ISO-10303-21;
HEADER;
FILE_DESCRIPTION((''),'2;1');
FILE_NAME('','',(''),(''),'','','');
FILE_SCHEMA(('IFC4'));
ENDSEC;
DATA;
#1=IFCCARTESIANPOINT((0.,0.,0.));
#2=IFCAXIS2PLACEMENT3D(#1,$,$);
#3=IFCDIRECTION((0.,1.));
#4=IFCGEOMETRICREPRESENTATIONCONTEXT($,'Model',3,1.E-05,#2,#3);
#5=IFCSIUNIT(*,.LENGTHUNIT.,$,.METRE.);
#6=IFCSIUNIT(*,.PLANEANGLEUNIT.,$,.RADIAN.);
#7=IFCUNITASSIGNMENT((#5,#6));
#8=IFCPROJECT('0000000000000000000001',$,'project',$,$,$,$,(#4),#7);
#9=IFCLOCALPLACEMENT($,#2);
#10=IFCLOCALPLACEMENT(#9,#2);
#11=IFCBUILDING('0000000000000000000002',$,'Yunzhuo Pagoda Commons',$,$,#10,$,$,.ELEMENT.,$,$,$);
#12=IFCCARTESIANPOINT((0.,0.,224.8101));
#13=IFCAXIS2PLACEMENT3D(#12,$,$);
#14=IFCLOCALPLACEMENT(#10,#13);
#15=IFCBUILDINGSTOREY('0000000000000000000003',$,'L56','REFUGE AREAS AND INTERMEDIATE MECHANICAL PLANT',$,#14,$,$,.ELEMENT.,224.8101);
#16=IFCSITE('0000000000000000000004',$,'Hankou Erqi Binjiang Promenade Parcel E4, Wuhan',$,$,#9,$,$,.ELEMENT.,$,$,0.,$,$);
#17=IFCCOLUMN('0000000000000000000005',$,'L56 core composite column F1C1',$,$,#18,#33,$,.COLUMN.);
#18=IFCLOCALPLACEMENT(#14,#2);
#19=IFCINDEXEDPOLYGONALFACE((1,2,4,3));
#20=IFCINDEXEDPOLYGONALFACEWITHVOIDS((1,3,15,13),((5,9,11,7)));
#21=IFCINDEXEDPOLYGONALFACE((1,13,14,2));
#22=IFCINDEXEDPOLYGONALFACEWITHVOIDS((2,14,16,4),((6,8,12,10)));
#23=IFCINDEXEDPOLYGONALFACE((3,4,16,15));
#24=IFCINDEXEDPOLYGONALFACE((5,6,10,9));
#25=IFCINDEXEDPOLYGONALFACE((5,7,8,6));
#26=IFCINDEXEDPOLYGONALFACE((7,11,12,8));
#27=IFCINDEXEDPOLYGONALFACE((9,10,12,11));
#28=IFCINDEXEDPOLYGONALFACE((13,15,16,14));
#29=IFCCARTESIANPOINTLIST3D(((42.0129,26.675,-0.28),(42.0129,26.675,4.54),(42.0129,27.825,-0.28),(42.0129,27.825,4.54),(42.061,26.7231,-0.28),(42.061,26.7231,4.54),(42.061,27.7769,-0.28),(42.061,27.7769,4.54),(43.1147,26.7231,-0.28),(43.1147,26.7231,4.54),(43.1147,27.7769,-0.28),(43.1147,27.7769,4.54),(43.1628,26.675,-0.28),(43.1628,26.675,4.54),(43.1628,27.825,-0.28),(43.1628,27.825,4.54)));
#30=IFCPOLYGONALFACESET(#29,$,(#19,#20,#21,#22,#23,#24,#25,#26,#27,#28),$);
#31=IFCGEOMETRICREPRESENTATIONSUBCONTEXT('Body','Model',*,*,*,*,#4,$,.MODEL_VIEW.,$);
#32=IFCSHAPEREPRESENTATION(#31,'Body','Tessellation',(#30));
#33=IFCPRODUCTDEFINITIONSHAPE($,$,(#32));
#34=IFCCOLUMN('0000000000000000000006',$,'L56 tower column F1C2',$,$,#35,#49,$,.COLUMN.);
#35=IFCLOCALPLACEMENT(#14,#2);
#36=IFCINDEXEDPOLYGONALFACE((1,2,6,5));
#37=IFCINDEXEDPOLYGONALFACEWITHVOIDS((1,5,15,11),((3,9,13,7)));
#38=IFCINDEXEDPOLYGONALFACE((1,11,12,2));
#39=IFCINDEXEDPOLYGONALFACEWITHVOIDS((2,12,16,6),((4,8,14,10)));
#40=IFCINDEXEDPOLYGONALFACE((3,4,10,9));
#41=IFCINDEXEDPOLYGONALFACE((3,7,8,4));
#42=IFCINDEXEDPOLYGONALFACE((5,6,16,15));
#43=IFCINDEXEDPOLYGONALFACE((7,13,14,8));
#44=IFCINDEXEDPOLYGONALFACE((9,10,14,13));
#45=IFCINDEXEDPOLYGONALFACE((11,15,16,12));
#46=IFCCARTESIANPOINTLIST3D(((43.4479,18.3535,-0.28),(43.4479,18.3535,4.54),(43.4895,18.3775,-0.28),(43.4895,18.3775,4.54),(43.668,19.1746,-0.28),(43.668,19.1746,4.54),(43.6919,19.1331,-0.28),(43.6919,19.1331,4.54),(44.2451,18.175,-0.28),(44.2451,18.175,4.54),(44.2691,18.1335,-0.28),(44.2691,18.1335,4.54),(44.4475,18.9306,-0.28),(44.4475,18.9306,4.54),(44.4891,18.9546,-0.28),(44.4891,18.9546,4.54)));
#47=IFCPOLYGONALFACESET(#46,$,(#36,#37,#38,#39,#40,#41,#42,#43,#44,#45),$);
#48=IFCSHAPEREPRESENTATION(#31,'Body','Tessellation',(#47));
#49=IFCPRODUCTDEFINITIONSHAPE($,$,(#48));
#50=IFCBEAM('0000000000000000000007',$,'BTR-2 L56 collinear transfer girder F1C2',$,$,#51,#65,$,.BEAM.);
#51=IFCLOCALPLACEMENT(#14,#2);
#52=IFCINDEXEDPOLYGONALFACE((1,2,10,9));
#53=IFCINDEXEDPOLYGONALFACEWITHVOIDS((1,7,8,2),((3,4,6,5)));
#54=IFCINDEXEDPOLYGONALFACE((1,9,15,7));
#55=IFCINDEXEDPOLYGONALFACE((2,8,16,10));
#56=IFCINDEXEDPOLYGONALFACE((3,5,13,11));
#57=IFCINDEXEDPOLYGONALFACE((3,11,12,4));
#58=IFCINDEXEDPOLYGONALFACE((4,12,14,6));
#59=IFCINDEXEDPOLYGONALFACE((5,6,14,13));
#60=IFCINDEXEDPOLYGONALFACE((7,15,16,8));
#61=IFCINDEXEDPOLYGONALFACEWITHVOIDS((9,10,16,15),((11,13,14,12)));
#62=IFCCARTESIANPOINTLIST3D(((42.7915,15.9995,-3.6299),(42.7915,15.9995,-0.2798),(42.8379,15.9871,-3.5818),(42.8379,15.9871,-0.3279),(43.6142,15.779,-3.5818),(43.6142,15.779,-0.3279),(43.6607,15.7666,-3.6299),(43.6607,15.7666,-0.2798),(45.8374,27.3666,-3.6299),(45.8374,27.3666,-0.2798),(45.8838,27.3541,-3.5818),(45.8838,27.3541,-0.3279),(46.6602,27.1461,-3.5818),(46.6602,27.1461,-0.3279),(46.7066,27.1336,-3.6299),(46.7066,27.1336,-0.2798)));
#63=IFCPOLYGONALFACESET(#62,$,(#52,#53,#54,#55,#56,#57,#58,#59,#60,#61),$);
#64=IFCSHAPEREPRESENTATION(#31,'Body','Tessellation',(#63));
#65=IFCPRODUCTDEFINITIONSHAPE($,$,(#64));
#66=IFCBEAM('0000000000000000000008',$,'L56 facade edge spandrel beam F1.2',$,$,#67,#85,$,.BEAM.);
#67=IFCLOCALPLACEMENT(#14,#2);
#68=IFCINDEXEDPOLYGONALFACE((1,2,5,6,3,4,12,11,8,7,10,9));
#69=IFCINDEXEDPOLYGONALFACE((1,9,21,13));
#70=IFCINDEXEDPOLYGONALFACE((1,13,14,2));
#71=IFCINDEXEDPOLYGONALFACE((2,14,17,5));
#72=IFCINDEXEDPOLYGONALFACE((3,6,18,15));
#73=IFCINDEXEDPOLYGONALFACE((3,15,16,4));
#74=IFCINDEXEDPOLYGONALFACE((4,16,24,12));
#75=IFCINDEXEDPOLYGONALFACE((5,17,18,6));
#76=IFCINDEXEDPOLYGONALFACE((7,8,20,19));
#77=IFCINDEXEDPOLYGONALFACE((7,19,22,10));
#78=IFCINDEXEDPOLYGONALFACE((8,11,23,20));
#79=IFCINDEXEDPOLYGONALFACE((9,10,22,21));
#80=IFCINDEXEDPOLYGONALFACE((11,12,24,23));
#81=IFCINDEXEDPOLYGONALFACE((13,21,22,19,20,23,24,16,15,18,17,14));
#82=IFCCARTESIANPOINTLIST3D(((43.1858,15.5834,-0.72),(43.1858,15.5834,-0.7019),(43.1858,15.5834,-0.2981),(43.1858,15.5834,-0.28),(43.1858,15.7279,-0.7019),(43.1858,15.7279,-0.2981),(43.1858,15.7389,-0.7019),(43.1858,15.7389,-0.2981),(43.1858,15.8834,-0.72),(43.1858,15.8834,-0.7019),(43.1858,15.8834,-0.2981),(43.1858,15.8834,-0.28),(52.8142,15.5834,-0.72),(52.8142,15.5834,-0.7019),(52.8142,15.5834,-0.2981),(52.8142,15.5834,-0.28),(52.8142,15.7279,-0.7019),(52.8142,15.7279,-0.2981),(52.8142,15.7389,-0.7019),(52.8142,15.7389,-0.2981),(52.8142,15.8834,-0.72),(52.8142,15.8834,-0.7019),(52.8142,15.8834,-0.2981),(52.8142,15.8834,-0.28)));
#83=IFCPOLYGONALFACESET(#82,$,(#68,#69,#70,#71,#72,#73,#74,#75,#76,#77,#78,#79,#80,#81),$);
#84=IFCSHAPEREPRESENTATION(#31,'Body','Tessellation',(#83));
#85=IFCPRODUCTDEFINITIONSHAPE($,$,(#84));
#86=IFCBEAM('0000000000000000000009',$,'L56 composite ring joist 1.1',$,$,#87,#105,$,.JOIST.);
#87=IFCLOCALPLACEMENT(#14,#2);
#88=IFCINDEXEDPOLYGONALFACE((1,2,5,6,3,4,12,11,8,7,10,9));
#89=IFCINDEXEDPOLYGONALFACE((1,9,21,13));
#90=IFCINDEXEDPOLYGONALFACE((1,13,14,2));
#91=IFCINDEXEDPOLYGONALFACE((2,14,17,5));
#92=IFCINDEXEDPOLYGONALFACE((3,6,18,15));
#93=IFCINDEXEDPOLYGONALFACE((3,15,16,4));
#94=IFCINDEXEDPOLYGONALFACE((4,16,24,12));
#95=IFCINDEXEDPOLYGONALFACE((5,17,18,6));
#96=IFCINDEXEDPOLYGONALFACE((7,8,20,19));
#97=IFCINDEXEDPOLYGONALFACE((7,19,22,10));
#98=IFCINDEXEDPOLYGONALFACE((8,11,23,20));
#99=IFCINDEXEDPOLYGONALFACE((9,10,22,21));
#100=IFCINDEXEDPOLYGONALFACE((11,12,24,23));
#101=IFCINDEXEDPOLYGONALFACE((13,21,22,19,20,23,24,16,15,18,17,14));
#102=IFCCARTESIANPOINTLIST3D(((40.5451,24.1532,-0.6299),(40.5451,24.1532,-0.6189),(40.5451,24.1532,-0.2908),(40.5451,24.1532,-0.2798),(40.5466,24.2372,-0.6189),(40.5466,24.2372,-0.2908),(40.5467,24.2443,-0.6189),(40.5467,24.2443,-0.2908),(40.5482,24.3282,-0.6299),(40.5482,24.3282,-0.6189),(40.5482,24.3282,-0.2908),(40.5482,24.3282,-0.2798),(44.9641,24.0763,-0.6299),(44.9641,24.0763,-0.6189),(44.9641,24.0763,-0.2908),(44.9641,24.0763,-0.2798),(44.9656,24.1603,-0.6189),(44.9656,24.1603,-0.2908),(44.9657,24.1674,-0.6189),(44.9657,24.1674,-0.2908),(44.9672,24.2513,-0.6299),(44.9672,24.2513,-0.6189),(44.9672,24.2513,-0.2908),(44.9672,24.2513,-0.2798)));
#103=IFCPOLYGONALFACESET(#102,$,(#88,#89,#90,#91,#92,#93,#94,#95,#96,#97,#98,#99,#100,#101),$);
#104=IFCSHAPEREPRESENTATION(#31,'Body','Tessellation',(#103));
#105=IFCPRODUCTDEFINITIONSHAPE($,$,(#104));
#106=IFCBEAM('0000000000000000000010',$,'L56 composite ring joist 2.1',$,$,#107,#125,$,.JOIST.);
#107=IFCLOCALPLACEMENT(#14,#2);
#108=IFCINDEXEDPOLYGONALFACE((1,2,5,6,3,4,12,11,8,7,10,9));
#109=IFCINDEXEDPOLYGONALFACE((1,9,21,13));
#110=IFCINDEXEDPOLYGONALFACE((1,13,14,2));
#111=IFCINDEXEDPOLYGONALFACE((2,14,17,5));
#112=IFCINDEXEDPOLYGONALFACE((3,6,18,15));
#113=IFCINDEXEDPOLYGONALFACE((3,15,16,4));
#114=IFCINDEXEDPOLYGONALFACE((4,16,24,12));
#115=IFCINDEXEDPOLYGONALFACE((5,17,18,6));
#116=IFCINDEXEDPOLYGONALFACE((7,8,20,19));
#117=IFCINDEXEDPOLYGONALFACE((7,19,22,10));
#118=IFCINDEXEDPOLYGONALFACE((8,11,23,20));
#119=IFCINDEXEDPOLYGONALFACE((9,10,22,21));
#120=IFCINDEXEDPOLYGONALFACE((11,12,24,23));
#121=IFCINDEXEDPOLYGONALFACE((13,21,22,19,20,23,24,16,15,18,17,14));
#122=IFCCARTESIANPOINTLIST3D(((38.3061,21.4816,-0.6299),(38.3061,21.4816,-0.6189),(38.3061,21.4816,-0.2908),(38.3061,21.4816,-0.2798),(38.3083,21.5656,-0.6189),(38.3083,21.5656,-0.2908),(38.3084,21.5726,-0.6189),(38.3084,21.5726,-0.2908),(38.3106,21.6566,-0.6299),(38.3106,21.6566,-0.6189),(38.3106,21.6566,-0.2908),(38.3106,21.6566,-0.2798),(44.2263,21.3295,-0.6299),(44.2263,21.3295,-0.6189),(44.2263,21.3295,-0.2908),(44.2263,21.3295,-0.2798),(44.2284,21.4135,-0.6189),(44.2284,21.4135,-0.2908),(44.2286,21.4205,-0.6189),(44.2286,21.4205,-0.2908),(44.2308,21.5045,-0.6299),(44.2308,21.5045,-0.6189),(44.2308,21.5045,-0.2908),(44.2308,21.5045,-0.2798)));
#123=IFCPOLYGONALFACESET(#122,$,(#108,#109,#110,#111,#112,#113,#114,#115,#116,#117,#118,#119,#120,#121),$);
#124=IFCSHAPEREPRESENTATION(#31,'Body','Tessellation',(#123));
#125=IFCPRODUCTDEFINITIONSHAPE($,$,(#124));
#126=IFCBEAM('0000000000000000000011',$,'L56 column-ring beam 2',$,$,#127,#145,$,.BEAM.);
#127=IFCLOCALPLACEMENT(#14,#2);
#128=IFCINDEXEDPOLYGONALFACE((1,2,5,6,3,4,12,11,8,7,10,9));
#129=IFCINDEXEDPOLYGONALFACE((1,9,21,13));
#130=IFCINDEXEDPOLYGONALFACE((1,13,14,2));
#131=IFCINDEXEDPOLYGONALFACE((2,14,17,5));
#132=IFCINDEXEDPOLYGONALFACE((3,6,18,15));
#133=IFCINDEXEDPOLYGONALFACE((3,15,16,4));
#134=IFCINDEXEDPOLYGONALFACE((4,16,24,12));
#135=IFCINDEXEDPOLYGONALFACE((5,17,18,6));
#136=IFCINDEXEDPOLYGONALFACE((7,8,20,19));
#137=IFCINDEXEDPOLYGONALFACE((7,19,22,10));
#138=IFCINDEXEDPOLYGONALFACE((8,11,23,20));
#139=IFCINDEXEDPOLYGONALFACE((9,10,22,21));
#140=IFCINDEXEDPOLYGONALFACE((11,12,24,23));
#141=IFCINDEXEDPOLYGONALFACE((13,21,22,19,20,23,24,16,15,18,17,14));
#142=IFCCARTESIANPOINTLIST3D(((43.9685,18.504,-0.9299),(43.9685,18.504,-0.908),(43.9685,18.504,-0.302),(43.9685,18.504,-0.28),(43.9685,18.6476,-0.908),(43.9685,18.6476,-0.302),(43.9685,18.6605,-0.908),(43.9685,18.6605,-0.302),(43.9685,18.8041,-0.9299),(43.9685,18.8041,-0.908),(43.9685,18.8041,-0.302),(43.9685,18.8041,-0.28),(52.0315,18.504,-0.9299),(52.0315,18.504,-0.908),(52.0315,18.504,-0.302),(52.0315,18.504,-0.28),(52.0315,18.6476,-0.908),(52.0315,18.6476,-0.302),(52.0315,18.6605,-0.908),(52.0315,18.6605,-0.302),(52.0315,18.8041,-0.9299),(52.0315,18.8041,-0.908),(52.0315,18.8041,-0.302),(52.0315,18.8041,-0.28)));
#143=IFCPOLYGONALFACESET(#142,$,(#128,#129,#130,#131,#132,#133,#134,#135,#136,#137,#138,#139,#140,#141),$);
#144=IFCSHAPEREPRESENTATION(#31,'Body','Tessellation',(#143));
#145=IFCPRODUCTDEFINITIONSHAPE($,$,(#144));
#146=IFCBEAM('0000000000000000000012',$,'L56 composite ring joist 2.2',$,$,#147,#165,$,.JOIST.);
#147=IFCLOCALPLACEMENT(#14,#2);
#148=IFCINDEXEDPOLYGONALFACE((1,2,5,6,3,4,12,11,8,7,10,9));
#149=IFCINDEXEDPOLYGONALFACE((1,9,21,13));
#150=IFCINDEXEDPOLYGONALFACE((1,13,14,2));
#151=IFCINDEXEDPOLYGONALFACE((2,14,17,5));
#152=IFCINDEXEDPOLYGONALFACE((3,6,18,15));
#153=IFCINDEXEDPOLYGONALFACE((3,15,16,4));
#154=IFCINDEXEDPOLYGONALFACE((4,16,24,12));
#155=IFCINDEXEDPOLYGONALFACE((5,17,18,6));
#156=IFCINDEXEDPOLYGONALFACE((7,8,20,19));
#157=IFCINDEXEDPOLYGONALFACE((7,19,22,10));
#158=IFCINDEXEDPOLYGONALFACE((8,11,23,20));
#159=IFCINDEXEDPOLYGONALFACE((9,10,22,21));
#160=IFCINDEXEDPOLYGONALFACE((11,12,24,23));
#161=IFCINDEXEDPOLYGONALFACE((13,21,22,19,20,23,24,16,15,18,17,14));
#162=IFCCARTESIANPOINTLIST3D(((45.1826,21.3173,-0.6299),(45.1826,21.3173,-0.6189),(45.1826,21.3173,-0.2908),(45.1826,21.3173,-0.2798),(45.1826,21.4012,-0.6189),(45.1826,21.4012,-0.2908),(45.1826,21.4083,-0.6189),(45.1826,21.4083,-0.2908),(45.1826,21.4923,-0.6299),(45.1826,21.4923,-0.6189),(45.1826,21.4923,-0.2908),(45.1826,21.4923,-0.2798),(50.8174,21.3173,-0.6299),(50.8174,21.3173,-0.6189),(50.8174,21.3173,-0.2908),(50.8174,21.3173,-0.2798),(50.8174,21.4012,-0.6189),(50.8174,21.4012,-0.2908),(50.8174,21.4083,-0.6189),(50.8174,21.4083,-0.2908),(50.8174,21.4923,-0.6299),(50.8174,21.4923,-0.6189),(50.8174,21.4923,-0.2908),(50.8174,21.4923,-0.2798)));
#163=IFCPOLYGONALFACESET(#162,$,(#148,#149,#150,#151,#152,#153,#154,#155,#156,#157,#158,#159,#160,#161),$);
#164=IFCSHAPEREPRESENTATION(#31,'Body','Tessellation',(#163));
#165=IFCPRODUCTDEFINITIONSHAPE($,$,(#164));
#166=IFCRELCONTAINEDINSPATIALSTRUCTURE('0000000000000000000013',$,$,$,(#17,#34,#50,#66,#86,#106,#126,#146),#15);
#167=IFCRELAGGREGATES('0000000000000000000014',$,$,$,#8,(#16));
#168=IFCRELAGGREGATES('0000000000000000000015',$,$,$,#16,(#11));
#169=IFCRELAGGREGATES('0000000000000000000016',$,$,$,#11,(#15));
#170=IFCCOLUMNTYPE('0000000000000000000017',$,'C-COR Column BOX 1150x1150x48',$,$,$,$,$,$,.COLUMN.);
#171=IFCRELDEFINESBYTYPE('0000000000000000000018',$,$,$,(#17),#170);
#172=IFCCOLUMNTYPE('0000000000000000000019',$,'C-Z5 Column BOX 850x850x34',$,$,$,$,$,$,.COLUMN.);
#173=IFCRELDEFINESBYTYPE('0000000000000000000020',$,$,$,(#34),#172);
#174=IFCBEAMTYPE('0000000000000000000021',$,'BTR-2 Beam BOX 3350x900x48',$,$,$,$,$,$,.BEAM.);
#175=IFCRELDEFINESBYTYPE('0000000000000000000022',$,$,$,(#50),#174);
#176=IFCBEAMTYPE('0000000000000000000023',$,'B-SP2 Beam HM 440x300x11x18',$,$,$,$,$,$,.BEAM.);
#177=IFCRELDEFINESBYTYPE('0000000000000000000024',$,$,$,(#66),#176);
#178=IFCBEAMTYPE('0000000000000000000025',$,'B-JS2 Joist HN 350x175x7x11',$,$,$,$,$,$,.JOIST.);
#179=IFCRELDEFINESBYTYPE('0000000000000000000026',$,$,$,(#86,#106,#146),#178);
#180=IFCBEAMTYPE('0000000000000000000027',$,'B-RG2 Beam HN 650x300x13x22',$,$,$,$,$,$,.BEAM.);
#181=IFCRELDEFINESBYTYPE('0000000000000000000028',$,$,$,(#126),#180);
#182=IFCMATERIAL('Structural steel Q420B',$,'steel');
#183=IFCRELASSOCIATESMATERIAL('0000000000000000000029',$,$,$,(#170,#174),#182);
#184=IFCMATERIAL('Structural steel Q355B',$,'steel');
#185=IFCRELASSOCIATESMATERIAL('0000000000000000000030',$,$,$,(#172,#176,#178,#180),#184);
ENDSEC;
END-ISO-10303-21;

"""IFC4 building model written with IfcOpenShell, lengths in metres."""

from ifc_helpers import new_model, si_unit, direction, frame, origin, origin_2d, place, context, subcontext, project, spatial, hollow_rectangle, i_section, extrude, source, transform, mapped, material, material_profile, profile_set, type_object, element, save


model = new_model("IFC4")

# Units and contexts
model_context = context("Model", 3, precision=1e-05, world=origin(), true_north=direction((0.0, 1.0)))
body_context = subcontext(model_context, "Body", "Model", "MODEL_VIEW")
ifc_project = project(units=[si_unit("LENGTHUNIT", "METRE"), si_unit("PLANEANGLEUNIT", "RADIAN")], contexts=[model_context])

# Site, building, storey
site_placement = place(None, origin())
site = spatial("IfcSite", under=ifc_project, at=site_placement, Name="Hankou Erqi Binjiang Promenade Parcel E4, Wuhan", CompositionType="ELEMENT", RefElevation=0.0)
building_placement = place(site_placement, origin())
building = spatial("IfcBuilding", under=site, at=building_placement, Name="Yunzhuo Pagoda Commons", CompositionType="ELEMENT")
storey_placement = place(building_placement, frame((0.0, 0.0, 224.8101)))
storey = spatial("IfcBuildingStorey", under=building, at=storey_placement, Name="L56", Description="REFUGE AREAS AND INTERMEDIATE MECHANICAL PLANT", CompositionType="ELEMENT", Elevation=224.8101)

# Columns
ifc_material_1 = material(Name="Structural steel Q420B", Category="steel")
ifc_material_profile_1 = material_profile(ifc_material_1, hollow_rectangle(XDim=1.1499, YDim=1.1499, WallThickness=0.0481, at=origin_2d()), Name="Structural steel Q420B")
ifc_profile_set_1 = profile_set([ifc_material_profile_1], Name="Structural steel Q420B")
column_type_1 = type_object("IfcColumnType", Name="C-COR Column BOX 1150x1150x48", PredefinedType="COLUMN", material=ifc_profile_set_1)
shared_shape_1 = source(origin(), body_context, "Body", "SweptSolid", [
    extrude(hollow_rectangle(XDim=1.1499, YDim=1.1499, WallThickness=0.0481, at=origin_2d()), origin(), (0.0, 0.0, 1.0), 4.8201),
])
column_1_placement = place(storey_placement, frame((42.5879, 27.25, -0.28), z_axis=(0.0, 0.0, 1.0), x_axis=(1.0, 0.0, 0.0)))
element("IfcColumn", 1, at=column_1_placement, inside=storey, type_object=column_type_1, Name="L56 core composite column F1C1", PredefinedType="COLUMN", context=body_context, shape_type="MappedRepresentation", body=[
    mapped(shared_shape_1, transform((0.0, 0.0, 0.0), scale=1.0)),
])
ifc_material_2 = material(Name="Structural steel Q355B", Category="steel")
ifc_material_profile_2 = material_profile(ifc_material_2, hollow_rectangle(XDim=0.8501, YDim=0.8501, WallThickness=0.0339, at=origin_2d()), Name="Structural steel Q355B")
ifc_profile_set_2 = profile_set([ifc_material_profile_2], Name="Structural steel Q355B")
column_type_2 = type_object("IfcColumnType", Name="C-Z5 Column BOX 850x850x34", PredefinedType="COLUMN", material=ifc_profile_set_2)
shared_shape_2 = source(origin(), body_context, "Body", "SweptSolid", [
    extrude(hollow_rectangle(XDim=0.8501, YDim=0.8501, WallThickness=0.0339, at=origin_2d()), origin(), (0.0, 0.0, 1.0), 4.8201),
])
column_2_placement = place(storey_placement, frame((43.9685, 18.6541, -0.28), z_axis=(0.0, 0.0, 1.0), x_axis=(0.965926, -0.258819, 0.0)))
element("IfcColumn", 2, at=column_2_placement, inside=storey, type_object=column_type_2, Name="L56 tower column F1C2", PredefinedType="COLUMN", context=body_context, shape_type="MappedRepresentation", body=[
    mapped(shared_shape_2, transform((0.0, 0.0, 0.0), scale=1.0)),
])

# Beams
ifc_material_profile_3 = material_profile(ifc_material_1, hollow_rectangle(XDim=0.8999, YDim=3.3501, WallThickness=0.0481, at=origin_2d()), Name="Structural steel Q420B")
ifc_profile_set_3 = profile_set([ifc_material_profile_3], Name="Structural steel Q420B")
beam_type_1 = type_object("IfcBeamType", Name="BTR-2 Beam BOX 3350x900x48", PredefinedType="BEAM", material=ifc_profile_set_3)
shared_shape_3 = source(origin(), body_context, "Body", "SweptSolid", [
    extrude(hollow_rectangle(XDim=0.8999, YDim=3.3501, WallThickness=0.0481, at=origin_2d()), origin(), (0.0, 0.0, 1.0), 11.7681),
])
beam_1_placement = place(storey_placement, frame((43.2261, 15.8831, -1.9548), z_axis=(0.25883, 0.965923, 0.0), x_axis=(-0.965923, 0.25883, 0.0)))
element("IfcBeam", 3, at=beam_1_placement, inside=storey, type_object=beam_type_1, Name="BTR-2 L56 collinear transfer girder F1C2", PredefinedType="BEAM", context=body_context, shape_type="MappedRepresentation", body=[
    mapped(shared_shape_3, transform((0.0, 0.0, 0.0), scale=1.0)),
])
ifc_material_profile_4 = material_profile(ifc_material_2, i_section(OverallWidth=0.3, OverallDepth=0.4399, WebThickness=0.011, FlangeThickness=0.0181, at=origin_2d()), Name="Structural steel Q355B")
ifc_profile_set_4 = profile_set([ifc_material_profile_4], Name="Structural steel Q355B")
beam_type_2 = type_object("IfcBeamType", Name="B-SP2 Beam HM 440x300x11x18", PredefinedType="BEAM", material=ifc_profile_set_4)
shared_shape_4 = source(origin(), body_context, "Body", "SweptSolid", [
    extrude(i_section(OverallWidth=0.3, OverallDepth=0.4399, WebThickness=0.011, FlangeThickness=0.0181, at=origin_2d()), origin(), (0.0, 0.0, 1.0), 9.6284),
])
beam_2_placement = place(storey_placement, frame((43.1858, 15.7334, -0.5), z_axis=(1.0, 0.0, 0.0), x_axis=(0.0, 1.0, 0.0)))
element("IfcBeam", 4, at=beam_2_placement, inside=storey, type_object=beam_type_2, Name="L56 facade edge spandrel beam F1.2", PredefinedType="BEAM", context=body_context, shape_type="MappedRepresentation", body=[
    mapped(shared_shape_4, transform((0.0, 0.0, 0.0), scale=1.0)),
])
ifc_material_profile_5 = material_profile(ifc_material_2, i_section(OverallWidth=0.175, OverallDepth=0.3501, WebThickness=0.0071, FlangeThickness=0.011, at=origin_2d()), Name="Structural steel Q355B")
ifc_profile_set_5 = profile_set([ifc_material_profile_5], Name="Structural steel Q355B")
beam_type_3 = type_object("IfcBeamType", Name="B-JS2 Joist HN 350x175x7x11", PredefinedType="JOIST", material=ifc_profile_set_5)
shared_shape_5 = source(origin(), body_context, "Body", "SweptSolid", [
    extrude(i_section(OverallWidth=0.175, OverallDepth=0.3501, WebThickness=0.0071, FlangeThickness=0.011, at=origin_2d()), origin(), (0.0, 0.0, 1.0), 4.4197),
])
beam_3_placement = place(storey_placement, frame((40.5466, 24.2407, -0.4548), z_axis=(0.999849, -0.017401, 0.0), x_axis=(0.017401, 0.999849, 0.0)))
element("IfcBeam", 5, at=beam_3_placement, inside=storey, type_object=beam_type_3, Name="L56 composite ring joist 1.1", PredefinedType="JOIST", context=body_context, shape_type="MappedRepresentation", body=[
    mapped(shared_shape_5, transform((0.0, 0.0, 0.0), scale=1.0)),
])
shared_shape_6 = source(origin(), body_context, "Body", "SweptSolid", [
    extrude(i_section(OverallWidth=0.175, OverallDepth=0.3501, WebThickness=0.0071, FlangeThickness=0.011, at=origin_2d()), origin(), (0.0, 0.0, 1.0), 5.9221),
])
beam_4_placement = place(storey_placement, frame((38.3083, 21.5691, -0.4548), z_axis=(0.99967, -0.025683, 0.0), x_axis=(0.025683, 0.99967, 0.0)))
element("IfcBeam", 6, at=beam_4_placement, inside=storey, type_object=beam_type_3, Name="L56 composite ring joist 2.1", PredefinedType="JOIST", context=body_context, shape_type="MappedRepresentation", body=[
    mapped(shared_shape_6, transform((0.0, 0.0, 0.0), scale=1.0)),
])
ifc_material_profile_6 = material_profile(ifc_material_2, i_section(OverallWidth=0.3, OverallDepth=0.6499, WebThickness=0.0129, FlangeThickness=0.022, at=origin_2d()), Name="Structural steel Q355B")
ifc_profile_set_6 = profile_set([ifc_material_profile_6], Name="Structural steel Q355B")
beam_type_4 = type_object("IfcBeamType", Name="B-RG2 Beam HN 650x300x13x22", PredefinedType="BEAM", material=ifc_profile_set_6)
shared_shape_7 = source(origin(), body_context, "Body", "SweptSolid", [
    extrude(i_section(OverallWidth=0.3, OverallDepth=0.6499, WebThickness=0.0129, FlangeThickness=0.022, at=origin_2d()), origin(), (0.0, 0.0, 1.0), 8.063),
])
beam_5_placement = place(storey_placement, frame((43.9685, 18.6541, -0.605), z_axis=(1.0, 0.0, 0.0), x_axis=(0.0, 1.0, 0.0)))
element("IfcBeam", 7, at=beam_5_placement, inside=storey, type_object=beam_type_4, Name="L56 column-ring beam 2", PredefinedType="BEAM", context=body_context, shape_type="MappedRepresentation", body=[
    mapped(shared_shape_7, transform((0.0, 0.0, 0.0), scale=1.0)),
])
shared_shape_8 = source(origin(), body_context, "Body", "SweptSolid", [
    extrude(i_section(OverallWidth=0.175, OverallDepth=0.3501, WebThickness=0.0071, FlangeThickness=0.011, at=origin_2d()), origin(), (0.0, 0.0, 1.0), 5.6348),
])
beam_6_placement = place(storey_placement, frame((45.1826, 21.4048, -0.4548), z_axis=(1.0, 0.0, 0.0), x_axis=(0.0, 1.0, 0.0)))
element("IfcBeam", 8, at=beam_6_placement, inside=storey, type_object=beam_type_3, Name="L56 composite ring joist 2.2", PredefinedType="JOIST", context=body_context, shape_type="MappedRepresentation", body=[
    mapped(shared_shape_8, transform((0.0, 0.0, 0.0), scale=1.0)),
])

save(model, "model.ifc")
